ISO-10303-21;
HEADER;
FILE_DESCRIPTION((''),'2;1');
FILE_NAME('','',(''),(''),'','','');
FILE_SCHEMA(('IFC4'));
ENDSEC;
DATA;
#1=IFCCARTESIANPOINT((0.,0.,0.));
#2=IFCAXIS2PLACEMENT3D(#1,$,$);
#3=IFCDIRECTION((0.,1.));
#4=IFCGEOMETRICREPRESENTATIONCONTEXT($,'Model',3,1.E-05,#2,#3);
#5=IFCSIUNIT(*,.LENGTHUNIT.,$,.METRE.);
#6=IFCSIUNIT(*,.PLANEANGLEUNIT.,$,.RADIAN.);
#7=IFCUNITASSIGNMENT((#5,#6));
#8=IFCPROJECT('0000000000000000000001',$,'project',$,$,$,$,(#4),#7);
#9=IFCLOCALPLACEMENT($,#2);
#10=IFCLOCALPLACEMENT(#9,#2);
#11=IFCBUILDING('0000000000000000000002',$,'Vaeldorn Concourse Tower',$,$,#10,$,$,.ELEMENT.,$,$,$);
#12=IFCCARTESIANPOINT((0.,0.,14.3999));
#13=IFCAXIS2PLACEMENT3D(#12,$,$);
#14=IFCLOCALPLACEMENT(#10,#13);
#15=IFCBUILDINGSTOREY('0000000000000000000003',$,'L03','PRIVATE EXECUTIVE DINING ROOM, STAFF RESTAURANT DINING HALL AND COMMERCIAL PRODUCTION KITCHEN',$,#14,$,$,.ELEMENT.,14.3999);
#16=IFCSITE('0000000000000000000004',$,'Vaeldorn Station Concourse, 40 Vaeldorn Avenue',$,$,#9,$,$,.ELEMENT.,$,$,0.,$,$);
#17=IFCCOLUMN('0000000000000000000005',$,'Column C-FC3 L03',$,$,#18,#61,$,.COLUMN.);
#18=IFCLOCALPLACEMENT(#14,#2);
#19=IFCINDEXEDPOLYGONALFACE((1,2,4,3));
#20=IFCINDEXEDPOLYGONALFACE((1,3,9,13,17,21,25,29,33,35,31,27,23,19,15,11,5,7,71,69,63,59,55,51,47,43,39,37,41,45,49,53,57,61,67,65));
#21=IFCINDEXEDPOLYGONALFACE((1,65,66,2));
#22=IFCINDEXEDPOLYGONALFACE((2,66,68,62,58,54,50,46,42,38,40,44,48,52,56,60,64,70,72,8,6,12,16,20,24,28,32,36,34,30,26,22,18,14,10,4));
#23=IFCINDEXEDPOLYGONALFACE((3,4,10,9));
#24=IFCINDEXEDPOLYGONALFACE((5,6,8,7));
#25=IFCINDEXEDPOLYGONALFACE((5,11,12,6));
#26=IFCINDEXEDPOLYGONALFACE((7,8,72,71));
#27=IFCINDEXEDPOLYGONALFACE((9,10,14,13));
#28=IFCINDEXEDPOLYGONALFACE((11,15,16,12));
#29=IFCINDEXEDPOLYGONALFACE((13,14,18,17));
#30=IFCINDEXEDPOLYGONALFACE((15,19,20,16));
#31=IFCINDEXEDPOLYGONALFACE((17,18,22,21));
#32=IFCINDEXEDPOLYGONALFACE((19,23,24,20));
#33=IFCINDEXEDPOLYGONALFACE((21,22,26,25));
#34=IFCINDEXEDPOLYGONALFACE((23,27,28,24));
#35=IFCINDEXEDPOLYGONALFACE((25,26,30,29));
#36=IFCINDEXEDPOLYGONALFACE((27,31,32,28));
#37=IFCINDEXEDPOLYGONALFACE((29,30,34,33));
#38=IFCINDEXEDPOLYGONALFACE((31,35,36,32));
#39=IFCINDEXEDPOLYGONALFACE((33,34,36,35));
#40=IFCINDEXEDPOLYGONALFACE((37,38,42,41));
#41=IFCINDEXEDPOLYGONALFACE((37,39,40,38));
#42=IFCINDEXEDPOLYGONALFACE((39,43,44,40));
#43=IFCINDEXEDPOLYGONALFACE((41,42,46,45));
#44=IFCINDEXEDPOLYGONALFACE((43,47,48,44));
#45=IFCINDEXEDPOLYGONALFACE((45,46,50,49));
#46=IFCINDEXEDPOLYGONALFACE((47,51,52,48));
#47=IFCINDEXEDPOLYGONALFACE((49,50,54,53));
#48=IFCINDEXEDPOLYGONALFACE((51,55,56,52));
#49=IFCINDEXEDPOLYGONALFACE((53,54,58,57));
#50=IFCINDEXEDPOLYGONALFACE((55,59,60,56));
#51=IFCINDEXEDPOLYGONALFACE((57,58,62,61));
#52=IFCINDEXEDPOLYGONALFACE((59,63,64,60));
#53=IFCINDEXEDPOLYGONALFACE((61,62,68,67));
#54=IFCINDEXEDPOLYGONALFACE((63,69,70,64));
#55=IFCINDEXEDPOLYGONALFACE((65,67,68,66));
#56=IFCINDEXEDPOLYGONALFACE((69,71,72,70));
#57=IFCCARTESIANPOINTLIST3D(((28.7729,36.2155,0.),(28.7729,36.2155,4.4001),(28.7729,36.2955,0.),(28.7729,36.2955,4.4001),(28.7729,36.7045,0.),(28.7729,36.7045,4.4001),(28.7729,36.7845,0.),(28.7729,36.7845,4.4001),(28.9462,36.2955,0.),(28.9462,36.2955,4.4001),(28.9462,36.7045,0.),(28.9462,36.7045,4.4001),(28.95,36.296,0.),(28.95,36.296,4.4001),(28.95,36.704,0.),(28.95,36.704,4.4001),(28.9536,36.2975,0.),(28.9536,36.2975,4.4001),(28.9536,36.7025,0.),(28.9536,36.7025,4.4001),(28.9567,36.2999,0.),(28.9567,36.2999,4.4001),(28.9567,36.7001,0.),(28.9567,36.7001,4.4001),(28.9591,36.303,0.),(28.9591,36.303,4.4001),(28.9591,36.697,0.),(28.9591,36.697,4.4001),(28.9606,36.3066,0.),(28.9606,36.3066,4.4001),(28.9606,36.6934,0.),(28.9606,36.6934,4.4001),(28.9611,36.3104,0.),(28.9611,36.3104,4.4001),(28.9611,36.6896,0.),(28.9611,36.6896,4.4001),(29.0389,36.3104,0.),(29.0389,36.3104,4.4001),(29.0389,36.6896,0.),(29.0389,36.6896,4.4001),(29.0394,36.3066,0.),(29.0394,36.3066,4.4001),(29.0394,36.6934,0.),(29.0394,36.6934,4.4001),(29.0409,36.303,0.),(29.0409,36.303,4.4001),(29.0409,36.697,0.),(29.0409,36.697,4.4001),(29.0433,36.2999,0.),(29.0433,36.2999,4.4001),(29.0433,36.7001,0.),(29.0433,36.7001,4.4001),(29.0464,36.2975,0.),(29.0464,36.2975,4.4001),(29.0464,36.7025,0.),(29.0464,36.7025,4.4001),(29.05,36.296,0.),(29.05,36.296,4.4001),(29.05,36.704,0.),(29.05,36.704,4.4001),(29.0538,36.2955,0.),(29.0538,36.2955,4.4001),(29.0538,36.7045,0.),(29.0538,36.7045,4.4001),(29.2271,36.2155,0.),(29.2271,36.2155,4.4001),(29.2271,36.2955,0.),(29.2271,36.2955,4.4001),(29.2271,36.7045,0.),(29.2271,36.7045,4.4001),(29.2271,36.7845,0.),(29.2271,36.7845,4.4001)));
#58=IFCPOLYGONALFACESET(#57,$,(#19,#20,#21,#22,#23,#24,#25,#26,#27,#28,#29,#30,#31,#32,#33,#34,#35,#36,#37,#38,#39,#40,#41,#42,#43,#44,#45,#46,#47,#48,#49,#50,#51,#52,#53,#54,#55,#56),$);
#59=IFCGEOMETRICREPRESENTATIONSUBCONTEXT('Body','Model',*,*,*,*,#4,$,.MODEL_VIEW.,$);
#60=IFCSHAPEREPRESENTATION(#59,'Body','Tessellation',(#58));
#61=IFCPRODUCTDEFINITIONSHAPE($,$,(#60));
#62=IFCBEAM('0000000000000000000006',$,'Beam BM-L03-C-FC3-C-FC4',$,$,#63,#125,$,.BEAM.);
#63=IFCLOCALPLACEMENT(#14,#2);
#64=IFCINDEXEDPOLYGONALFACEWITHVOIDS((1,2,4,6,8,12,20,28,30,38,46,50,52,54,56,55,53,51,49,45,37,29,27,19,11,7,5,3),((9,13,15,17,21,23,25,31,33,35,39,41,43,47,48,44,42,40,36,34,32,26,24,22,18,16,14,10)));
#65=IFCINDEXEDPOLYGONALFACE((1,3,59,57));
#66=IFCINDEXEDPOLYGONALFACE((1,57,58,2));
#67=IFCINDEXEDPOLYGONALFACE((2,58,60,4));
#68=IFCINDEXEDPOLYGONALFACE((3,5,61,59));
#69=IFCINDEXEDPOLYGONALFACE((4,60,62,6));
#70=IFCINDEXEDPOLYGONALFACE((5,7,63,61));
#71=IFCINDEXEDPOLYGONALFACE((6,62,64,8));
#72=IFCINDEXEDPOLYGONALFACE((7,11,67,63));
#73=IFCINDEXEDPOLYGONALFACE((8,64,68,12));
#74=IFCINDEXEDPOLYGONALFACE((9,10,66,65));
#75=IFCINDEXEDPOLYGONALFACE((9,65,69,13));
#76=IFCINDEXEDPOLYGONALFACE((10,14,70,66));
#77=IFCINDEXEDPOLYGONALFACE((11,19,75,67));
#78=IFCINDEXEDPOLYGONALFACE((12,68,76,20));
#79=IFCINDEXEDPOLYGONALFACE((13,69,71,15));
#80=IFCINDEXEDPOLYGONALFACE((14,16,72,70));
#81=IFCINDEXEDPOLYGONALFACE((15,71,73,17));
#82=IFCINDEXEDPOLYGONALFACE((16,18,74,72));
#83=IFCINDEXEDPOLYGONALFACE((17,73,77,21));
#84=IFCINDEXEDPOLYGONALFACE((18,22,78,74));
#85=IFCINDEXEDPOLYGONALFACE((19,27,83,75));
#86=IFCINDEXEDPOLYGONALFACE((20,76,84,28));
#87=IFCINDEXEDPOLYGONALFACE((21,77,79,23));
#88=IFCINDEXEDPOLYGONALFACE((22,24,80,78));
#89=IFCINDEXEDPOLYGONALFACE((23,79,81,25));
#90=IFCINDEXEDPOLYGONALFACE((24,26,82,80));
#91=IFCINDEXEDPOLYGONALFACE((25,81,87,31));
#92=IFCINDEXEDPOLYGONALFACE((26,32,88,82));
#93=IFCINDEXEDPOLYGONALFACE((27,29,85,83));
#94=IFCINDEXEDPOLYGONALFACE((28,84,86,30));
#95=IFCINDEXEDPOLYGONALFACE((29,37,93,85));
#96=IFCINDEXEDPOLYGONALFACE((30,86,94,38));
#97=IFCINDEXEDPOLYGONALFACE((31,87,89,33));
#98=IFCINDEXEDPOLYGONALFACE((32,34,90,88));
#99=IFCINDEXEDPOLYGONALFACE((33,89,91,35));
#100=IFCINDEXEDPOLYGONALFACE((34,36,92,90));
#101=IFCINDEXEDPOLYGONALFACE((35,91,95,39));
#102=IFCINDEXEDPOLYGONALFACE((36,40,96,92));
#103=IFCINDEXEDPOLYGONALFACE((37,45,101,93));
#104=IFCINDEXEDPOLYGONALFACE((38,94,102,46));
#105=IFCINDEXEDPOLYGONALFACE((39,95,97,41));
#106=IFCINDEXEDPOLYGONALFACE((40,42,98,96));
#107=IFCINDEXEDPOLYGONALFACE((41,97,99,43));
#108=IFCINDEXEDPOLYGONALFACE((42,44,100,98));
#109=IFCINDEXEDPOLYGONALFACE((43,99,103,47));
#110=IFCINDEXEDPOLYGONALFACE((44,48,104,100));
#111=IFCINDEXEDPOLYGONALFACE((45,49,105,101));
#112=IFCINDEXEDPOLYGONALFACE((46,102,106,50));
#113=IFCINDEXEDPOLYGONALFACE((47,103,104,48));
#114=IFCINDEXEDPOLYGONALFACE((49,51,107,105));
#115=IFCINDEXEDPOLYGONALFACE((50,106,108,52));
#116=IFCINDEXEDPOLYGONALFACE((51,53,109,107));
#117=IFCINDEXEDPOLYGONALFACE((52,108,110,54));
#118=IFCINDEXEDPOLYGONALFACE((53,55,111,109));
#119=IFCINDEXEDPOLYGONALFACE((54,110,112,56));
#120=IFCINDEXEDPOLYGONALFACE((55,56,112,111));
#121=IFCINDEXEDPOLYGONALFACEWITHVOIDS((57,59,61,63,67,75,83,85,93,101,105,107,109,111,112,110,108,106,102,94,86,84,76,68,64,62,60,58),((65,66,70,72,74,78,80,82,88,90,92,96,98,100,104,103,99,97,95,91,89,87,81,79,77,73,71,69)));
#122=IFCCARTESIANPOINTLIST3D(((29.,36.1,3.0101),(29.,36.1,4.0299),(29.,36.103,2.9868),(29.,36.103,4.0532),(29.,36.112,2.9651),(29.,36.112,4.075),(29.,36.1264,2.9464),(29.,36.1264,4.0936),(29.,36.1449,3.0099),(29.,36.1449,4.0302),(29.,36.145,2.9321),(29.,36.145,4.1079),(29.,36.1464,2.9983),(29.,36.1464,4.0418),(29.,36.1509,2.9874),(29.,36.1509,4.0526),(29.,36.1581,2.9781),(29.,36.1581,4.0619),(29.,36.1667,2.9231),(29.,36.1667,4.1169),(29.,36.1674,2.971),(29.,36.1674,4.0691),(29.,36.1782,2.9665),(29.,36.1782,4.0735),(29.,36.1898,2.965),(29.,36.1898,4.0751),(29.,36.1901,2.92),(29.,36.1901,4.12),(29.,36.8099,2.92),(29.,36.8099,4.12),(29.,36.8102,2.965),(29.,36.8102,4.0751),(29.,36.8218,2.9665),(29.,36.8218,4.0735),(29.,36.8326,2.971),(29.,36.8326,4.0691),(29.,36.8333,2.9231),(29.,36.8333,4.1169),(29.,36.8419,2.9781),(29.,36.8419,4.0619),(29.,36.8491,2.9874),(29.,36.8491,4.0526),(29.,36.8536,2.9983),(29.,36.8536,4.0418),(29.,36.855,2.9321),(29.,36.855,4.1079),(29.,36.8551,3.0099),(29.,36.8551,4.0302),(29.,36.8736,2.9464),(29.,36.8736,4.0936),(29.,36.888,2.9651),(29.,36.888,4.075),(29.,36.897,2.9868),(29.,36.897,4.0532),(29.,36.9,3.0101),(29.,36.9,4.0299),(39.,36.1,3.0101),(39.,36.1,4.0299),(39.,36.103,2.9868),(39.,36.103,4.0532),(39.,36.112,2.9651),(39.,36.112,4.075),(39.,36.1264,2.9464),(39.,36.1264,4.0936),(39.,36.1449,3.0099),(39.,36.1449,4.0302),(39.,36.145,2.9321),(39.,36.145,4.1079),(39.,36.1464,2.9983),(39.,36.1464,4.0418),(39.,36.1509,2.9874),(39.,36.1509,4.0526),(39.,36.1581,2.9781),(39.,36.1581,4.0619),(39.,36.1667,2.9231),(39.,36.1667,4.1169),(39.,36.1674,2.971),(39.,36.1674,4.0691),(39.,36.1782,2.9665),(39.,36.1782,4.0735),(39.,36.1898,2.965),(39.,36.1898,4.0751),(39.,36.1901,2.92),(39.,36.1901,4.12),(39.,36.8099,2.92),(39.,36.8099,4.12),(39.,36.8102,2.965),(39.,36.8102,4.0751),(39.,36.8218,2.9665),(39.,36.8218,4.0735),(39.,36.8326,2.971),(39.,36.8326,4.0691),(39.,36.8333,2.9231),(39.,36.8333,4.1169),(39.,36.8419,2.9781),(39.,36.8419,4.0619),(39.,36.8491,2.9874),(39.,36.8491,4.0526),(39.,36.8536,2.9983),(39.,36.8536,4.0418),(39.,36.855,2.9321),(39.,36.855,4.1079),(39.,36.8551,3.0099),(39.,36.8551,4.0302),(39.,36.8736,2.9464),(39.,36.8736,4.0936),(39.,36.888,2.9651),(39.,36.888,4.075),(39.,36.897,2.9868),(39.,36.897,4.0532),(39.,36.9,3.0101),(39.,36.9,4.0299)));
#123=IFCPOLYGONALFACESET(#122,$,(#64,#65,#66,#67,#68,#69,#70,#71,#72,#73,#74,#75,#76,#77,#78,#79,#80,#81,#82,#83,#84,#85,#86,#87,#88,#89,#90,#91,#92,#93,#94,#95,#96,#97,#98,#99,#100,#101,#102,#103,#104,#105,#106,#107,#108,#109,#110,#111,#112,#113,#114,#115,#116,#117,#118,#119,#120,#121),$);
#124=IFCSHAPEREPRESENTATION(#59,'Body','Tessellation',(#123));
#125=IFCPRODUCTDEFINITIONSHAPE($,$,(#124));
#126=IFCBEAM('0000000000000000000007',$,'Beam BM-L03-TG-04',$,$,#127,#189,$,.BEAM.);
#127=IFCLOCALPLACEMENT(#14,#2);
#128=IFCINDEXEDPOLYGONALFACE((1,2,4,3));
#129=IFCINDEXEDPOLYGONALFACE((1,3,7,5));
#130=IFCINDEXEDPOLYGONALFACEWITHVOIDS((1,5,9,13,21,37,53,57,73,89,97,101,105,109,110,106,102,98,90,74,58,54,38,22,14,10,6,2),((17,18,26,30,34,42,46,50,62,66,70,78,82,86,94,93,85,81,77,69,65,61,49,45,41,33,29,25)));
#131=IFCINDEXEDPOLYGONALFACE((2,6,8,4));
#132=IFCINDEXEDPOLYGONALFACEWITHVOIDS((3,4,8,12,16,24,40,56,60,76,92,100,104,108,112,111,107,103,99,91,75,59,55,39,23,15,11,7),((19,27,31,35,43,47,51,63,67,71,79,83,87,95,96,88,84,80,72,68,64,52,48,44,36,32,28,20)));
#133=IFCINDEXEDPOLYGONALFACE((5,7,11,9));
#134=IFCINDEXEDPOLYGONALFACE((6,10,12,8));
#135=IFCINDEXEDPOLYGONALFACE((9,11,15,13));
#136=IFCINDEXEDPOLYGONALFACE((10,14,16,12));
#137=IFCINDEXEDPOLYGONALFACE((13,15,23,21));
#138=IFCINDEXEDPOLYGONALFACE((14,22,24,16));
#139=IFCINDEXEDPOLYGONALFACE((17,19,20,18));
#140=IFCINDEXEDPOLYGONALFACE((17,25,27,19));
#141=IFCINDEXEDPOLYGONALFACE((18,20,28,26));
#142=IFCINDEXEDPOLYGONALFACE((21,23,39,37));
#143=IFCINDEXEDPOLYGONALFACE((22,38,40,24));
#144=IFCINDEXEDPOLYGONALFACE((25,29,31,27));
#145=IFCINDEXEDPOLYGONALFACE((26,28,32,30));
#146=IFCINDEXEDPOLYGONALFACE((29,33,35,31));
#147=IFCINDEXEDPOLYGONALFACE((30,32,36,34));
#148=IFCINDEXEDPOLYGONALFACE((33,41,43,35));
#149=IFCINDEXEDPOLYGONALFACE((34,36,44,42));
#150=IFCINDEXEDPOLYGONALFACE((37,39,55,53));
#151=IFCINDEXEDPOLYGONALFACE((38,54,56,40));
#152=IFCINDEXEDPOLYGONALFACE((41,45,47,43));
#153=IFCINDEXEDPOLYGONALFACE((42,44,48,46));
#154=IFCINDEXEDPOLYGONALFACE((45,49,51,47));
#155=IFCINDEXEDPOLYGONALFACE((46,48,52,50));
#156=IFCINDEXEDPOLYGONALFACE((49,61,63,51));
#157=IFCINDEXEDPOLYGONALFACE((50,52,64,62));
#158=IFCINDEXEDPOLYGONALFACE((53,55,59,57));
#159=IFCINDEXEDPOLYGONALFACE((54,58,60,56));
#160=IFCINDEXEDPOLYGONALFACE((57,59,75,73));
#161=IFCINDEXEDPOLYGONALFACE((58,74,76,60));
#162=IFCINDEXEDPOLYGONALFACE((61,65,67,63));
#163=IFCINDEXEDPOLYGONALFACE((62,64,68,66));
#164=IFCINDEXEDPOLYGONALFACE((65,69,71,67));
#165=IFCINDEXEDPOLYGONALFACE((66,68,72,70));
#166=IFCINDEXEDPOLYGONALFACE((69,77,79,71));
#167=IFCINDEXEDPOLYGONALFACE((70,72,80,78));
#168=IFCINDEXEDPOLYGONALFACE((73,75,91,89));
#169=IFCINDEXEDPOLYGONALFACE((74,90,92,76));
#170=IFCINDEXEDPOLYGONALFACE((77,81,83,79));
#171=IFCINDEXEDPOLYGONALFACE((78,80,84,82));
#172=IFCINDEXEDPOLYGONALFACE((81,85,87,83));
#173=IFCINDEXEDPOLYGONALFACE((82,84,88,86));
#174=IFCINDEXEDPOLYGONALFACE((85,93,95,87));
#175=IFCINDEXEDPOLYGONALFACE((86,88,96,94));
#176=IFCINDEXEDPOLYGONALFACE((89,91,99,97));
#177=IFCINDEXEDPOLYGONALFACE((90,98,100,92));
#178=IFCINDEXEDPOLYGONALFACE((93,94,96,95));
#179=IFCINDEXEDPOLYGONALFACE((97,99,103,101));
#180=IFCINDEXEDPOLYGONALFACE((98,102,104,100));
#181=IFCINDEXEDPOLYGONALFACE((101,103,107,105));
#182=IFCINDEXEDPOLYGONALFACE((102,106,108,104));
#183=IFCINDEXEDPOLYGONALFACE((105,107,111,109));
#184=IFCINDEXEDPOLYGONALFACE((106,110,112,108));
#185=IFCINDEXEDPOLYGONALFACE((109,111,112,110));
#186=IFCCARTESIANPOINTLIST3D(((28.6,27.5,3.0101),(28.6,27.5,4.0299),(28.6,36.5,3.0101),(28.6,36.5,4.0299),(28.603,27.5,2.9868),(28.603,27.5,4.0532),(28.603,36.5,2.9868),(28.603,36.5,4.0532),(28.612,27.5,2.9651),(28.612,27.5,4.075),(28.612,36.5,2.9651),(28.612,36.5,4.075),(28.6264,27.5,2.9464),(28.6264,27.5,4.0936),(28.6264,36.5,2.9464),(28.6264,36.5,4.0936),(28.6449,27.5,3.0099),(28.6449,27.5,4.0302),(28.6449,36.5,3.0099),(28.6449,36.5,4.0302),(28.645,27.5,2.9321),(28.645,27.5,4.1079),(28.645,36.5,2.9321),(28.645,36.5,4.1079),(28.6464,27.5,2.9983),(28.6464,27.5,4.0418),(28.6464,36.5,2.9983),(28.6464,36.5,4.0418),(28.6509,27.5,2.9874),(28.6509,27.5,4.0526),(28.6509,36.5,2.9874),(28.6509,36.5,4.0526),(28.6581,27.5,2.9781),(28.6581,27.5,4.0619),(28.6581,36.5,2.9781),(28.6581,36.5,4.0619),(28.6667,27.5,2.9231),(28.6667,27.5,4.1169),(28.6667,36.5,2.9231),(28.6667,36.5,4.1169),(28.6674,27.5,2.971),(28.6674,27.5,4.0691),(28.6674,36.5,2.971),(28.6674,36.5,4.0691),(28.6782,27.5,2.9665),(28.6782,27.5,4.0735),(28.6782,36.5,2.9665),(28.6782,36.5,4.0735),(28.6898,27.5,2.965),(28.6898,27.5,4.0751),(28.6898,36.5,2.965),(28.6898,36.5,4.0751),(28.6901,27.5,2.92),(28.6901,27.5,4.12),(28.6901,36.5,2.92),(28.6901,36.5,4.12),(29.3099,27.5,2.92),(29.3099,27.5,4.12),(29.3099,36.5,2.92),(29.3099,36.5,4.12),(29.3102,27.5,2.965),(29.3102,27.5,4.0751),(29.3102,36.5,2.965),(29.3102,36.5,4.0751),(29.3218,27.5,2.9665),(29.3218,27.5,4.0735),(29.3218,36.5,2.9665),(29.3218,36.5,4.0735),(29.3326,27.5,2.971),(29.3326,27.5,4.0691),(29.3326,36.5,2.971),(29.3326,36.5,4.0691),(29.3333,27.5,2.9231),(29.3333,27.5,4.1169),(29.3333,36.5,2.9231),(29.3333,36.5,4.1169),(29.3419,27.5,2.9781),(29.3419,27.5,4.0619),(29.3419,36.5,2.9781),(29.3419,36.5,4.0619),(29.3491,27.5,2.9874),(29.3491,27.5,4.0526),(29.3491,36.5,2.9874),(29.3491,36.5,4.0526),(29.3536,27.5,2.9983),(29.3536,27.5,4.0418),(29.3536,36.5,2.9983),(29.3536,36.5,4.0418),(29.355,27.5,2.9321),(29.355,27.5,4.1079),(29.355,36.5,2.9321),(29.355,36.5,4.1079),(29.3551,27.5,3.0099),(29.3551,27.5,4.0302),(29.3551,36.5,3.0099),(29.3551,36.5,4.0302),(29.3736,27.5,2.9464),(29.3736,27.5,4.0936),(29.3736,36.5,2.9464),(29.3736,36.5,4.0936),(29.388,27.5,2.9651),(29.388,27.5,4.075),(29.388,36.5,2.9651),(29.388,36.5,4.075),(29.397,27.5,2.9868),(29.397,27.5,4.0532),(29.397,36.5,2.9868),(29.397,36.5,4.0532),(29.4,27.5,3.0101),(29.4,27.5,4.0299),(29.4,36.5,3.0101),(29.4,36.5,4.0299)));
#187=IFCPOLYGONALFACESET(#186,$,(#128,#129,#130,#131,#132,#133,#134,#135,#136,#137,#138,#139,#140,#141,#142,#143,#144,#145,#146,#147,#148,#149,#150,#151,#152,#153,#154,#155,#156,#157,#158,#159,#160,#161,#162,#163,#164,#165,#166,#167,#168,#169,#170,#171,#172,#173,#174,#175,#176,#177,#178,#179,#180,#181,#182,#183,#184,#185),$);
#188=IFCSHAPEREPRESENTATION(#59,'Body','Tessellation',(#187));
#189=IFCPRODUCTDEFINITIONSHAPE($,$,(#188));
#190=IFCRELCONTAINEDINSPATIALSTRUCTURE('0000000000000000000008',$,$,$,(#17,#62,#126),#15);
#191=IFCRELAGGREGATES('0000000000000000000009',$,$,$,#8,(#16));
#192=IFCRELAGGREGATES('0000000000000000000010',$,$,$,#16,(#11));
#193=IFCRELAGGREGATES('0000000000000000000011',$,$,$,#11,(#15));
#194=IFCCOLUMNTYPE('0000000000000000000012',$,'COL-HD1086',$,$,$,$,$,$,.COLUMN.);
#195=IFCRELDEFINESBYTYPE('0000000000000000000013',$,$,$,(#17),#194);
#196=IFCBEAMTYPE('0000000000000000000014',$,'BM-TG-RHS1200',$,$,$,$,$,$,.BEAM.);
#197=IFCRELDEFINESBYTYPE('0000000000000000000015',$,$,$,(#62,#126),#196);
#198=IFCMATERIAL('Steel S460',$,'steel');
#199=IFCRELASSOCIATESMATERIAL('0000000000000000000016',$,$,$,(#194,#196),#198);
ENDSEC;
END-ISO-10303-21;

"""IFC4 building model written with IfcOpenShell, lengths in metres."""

from ifc_helpers import new_model, si_unit, direction, frame, origin, origin_2d, place, context, subcontext, project, spatial, hollow_rectangle, i_section, extrude, source, transform, mapped, material, material_profile, profile_set, type_object, element, save


model = new_model("IFC4")

# Units and contexts
model_context = context("Model", 3, precision=1e-05, world=origin(), true_north=direction((0.0, 1.0)))
body_context = subcontext(model_context, "Body", "Model", "MODEL_VIEW")
ifc_project = project(units=[si_unit("LENGTHUNIT", "METRE"), si_unit("PLANEANGLEUNIT", "RADIAN")], contexts=[model_context])

# Site, building, storey
site_placement = place(None, origin())
site = spatial("IfcSite", under=ifc_project, at=site_placement, Name="Vaeldorn Station Concourse, 40 Vaeldorn Avenue", CompositionType="ELEMENT", RefElevation=0.0)
building_placement = place(site_placement, origin())
building = spatial("IfcBuilding", under=site, at=building_placement, Name="Vaeldorn Concourse Tower", CompositionType="ELEMENT")
storey_placement = place(building_placement, frame((0.0, 0.0, 14.3999)))
storey = spatial("IfcBuildingStorey", under=building, at=storey_placement, Name="L03", Description="PRIVATE EXECUTIVE DINING ROOM, STAFF RESTAURANT DINING HALL AND COMMERCIAL PRODUCTION KITCHEN", CompositionType="ELEMENT", Elevation=14.3999)

# Column
ifc_material_1 = material(Name="Steel S460", Category="steel")
ifc_material_profile_1 = material_profile(ifc_material_1, i_section(OverallWidth=0.4541, OverallDepth=0.5691, WebThickness=0.0779, FlangeThickness=0.0801, FilletRadius=0.0149, at=origin_2d()), Name="HD 400x1086")
ifc_profile_set_1 = profile_set([ifc_material_profile_1], Name="Steel S460")
column_type = type_object("IfcColumnType", Name="COL-HD1086", PredefinedType="COLUMN", material=ifc_profile_set_1)
shared_shape_1 = source(origin(), body_context, "Body", "SweptSolid", [
    extrude(i_section(OverallWidth=0.4541, OverallDepth=0.5691, WebThickness=0.0779, FlangeThickness=0.0801, FilletRadius=0.0149, at=origin_2d()), origin(), (0.0, 0.0, 1.0), 4.4001),
])
column_placement = place(storey_placement, frame((29.0, 36.5, 0.0), z_axis=(0.0, 0.0, 1.0), x_axis=(1.0, 0.0, 0.0)))
element("IfcColumn", 1, at=column_placement, inside=storey, type_object=column_type, Name="Column C-FC3 L03", PredefinedType="COLUMN", context=body_context, shape_type="MappedRepresentation", body=[
    mapped(shared_shape_1, transform((0.0, 0.0, 0.0), scale=1.0)),
])

# Beams
ifc_material_profile_2 = material_profile(ifc_material_1, hollow_rectangle(XDim=0.8, YDim=1.2, WallThickness=0.0449, InnerFilletRadius=0.0449, OuterFilletRadius=0.0901, at=origin_2d()), Name="RHS 1200x800x45")
ifc_profile_set_2 = profile_set([ifc_material_profile_2], Name="Steel S460")
beam_type = type_object("IfcBeamType", Name="BM-TG-RHS1200", PredefinedType="BEAM", material=ifc_profile_set_2)
shared_shape_2 = source(origin(), body_context, "Body", "SweptSolid", [
    extrude(hollow_rectangle(XDim=0.8, YDim=1.2, WallThickness=0.0449, InnerFilletRadius=0.0449, OuterFilletRadius=0.0901, at=origin_2d()), origin(), (0.0, 0.0, 1.0), 10.0),
])
beam_1_placement = place(storey_placement, frame((29.0, 36.5, 3.52), z_axis=(1.0, 0.0, 0.0), x_axis=(0.0, 1.0, 0.0)))
element("IfcBeam", 2, at=beam_1_placement, inside=storey, type_object=beam_type, Name="Beam BM-L03-C-FC3-C-FC4", PredefinedType="BEAM", context=body_context, shape_type="MappedRepresentation", body=[
    mapped(shared_shape_2, transform((0.0, 0.0, 0.0), scale=1.0)),
])
shared_shape_3 = source(origin(), body_context, "Body", "SweptSolid", [
    extrude(hollow_rectangle(XDim=0.8, YDim=1.2, WallThickness=0.0449, InnerFilletRadius=0.0449, OuterFilletRadius=0.0901, at=origin_2d()), origin(), (0.0, 0.0, 1.0), 9.0),
])
beam_2_placement = place(storey_placement, frame((29.0, 27.5, 3.52), z_axis=(0.0, 1.0, 0.0), x_axis=(-1.0, 0.0, 0.0)))
element("IfcBeam", 3, at=beam_2_placement, inside=storey, type_object=beam_type, Name="Beam BM-L03-TG-04", PredefinedType="BEAM", context=body_context, shape_type="MappedRepresentation", body=[
    mapped(shared_shape_3, transform((0.0, 0.0, 0.0), scale=1.0)),
])

save(model, "model.ifc")
